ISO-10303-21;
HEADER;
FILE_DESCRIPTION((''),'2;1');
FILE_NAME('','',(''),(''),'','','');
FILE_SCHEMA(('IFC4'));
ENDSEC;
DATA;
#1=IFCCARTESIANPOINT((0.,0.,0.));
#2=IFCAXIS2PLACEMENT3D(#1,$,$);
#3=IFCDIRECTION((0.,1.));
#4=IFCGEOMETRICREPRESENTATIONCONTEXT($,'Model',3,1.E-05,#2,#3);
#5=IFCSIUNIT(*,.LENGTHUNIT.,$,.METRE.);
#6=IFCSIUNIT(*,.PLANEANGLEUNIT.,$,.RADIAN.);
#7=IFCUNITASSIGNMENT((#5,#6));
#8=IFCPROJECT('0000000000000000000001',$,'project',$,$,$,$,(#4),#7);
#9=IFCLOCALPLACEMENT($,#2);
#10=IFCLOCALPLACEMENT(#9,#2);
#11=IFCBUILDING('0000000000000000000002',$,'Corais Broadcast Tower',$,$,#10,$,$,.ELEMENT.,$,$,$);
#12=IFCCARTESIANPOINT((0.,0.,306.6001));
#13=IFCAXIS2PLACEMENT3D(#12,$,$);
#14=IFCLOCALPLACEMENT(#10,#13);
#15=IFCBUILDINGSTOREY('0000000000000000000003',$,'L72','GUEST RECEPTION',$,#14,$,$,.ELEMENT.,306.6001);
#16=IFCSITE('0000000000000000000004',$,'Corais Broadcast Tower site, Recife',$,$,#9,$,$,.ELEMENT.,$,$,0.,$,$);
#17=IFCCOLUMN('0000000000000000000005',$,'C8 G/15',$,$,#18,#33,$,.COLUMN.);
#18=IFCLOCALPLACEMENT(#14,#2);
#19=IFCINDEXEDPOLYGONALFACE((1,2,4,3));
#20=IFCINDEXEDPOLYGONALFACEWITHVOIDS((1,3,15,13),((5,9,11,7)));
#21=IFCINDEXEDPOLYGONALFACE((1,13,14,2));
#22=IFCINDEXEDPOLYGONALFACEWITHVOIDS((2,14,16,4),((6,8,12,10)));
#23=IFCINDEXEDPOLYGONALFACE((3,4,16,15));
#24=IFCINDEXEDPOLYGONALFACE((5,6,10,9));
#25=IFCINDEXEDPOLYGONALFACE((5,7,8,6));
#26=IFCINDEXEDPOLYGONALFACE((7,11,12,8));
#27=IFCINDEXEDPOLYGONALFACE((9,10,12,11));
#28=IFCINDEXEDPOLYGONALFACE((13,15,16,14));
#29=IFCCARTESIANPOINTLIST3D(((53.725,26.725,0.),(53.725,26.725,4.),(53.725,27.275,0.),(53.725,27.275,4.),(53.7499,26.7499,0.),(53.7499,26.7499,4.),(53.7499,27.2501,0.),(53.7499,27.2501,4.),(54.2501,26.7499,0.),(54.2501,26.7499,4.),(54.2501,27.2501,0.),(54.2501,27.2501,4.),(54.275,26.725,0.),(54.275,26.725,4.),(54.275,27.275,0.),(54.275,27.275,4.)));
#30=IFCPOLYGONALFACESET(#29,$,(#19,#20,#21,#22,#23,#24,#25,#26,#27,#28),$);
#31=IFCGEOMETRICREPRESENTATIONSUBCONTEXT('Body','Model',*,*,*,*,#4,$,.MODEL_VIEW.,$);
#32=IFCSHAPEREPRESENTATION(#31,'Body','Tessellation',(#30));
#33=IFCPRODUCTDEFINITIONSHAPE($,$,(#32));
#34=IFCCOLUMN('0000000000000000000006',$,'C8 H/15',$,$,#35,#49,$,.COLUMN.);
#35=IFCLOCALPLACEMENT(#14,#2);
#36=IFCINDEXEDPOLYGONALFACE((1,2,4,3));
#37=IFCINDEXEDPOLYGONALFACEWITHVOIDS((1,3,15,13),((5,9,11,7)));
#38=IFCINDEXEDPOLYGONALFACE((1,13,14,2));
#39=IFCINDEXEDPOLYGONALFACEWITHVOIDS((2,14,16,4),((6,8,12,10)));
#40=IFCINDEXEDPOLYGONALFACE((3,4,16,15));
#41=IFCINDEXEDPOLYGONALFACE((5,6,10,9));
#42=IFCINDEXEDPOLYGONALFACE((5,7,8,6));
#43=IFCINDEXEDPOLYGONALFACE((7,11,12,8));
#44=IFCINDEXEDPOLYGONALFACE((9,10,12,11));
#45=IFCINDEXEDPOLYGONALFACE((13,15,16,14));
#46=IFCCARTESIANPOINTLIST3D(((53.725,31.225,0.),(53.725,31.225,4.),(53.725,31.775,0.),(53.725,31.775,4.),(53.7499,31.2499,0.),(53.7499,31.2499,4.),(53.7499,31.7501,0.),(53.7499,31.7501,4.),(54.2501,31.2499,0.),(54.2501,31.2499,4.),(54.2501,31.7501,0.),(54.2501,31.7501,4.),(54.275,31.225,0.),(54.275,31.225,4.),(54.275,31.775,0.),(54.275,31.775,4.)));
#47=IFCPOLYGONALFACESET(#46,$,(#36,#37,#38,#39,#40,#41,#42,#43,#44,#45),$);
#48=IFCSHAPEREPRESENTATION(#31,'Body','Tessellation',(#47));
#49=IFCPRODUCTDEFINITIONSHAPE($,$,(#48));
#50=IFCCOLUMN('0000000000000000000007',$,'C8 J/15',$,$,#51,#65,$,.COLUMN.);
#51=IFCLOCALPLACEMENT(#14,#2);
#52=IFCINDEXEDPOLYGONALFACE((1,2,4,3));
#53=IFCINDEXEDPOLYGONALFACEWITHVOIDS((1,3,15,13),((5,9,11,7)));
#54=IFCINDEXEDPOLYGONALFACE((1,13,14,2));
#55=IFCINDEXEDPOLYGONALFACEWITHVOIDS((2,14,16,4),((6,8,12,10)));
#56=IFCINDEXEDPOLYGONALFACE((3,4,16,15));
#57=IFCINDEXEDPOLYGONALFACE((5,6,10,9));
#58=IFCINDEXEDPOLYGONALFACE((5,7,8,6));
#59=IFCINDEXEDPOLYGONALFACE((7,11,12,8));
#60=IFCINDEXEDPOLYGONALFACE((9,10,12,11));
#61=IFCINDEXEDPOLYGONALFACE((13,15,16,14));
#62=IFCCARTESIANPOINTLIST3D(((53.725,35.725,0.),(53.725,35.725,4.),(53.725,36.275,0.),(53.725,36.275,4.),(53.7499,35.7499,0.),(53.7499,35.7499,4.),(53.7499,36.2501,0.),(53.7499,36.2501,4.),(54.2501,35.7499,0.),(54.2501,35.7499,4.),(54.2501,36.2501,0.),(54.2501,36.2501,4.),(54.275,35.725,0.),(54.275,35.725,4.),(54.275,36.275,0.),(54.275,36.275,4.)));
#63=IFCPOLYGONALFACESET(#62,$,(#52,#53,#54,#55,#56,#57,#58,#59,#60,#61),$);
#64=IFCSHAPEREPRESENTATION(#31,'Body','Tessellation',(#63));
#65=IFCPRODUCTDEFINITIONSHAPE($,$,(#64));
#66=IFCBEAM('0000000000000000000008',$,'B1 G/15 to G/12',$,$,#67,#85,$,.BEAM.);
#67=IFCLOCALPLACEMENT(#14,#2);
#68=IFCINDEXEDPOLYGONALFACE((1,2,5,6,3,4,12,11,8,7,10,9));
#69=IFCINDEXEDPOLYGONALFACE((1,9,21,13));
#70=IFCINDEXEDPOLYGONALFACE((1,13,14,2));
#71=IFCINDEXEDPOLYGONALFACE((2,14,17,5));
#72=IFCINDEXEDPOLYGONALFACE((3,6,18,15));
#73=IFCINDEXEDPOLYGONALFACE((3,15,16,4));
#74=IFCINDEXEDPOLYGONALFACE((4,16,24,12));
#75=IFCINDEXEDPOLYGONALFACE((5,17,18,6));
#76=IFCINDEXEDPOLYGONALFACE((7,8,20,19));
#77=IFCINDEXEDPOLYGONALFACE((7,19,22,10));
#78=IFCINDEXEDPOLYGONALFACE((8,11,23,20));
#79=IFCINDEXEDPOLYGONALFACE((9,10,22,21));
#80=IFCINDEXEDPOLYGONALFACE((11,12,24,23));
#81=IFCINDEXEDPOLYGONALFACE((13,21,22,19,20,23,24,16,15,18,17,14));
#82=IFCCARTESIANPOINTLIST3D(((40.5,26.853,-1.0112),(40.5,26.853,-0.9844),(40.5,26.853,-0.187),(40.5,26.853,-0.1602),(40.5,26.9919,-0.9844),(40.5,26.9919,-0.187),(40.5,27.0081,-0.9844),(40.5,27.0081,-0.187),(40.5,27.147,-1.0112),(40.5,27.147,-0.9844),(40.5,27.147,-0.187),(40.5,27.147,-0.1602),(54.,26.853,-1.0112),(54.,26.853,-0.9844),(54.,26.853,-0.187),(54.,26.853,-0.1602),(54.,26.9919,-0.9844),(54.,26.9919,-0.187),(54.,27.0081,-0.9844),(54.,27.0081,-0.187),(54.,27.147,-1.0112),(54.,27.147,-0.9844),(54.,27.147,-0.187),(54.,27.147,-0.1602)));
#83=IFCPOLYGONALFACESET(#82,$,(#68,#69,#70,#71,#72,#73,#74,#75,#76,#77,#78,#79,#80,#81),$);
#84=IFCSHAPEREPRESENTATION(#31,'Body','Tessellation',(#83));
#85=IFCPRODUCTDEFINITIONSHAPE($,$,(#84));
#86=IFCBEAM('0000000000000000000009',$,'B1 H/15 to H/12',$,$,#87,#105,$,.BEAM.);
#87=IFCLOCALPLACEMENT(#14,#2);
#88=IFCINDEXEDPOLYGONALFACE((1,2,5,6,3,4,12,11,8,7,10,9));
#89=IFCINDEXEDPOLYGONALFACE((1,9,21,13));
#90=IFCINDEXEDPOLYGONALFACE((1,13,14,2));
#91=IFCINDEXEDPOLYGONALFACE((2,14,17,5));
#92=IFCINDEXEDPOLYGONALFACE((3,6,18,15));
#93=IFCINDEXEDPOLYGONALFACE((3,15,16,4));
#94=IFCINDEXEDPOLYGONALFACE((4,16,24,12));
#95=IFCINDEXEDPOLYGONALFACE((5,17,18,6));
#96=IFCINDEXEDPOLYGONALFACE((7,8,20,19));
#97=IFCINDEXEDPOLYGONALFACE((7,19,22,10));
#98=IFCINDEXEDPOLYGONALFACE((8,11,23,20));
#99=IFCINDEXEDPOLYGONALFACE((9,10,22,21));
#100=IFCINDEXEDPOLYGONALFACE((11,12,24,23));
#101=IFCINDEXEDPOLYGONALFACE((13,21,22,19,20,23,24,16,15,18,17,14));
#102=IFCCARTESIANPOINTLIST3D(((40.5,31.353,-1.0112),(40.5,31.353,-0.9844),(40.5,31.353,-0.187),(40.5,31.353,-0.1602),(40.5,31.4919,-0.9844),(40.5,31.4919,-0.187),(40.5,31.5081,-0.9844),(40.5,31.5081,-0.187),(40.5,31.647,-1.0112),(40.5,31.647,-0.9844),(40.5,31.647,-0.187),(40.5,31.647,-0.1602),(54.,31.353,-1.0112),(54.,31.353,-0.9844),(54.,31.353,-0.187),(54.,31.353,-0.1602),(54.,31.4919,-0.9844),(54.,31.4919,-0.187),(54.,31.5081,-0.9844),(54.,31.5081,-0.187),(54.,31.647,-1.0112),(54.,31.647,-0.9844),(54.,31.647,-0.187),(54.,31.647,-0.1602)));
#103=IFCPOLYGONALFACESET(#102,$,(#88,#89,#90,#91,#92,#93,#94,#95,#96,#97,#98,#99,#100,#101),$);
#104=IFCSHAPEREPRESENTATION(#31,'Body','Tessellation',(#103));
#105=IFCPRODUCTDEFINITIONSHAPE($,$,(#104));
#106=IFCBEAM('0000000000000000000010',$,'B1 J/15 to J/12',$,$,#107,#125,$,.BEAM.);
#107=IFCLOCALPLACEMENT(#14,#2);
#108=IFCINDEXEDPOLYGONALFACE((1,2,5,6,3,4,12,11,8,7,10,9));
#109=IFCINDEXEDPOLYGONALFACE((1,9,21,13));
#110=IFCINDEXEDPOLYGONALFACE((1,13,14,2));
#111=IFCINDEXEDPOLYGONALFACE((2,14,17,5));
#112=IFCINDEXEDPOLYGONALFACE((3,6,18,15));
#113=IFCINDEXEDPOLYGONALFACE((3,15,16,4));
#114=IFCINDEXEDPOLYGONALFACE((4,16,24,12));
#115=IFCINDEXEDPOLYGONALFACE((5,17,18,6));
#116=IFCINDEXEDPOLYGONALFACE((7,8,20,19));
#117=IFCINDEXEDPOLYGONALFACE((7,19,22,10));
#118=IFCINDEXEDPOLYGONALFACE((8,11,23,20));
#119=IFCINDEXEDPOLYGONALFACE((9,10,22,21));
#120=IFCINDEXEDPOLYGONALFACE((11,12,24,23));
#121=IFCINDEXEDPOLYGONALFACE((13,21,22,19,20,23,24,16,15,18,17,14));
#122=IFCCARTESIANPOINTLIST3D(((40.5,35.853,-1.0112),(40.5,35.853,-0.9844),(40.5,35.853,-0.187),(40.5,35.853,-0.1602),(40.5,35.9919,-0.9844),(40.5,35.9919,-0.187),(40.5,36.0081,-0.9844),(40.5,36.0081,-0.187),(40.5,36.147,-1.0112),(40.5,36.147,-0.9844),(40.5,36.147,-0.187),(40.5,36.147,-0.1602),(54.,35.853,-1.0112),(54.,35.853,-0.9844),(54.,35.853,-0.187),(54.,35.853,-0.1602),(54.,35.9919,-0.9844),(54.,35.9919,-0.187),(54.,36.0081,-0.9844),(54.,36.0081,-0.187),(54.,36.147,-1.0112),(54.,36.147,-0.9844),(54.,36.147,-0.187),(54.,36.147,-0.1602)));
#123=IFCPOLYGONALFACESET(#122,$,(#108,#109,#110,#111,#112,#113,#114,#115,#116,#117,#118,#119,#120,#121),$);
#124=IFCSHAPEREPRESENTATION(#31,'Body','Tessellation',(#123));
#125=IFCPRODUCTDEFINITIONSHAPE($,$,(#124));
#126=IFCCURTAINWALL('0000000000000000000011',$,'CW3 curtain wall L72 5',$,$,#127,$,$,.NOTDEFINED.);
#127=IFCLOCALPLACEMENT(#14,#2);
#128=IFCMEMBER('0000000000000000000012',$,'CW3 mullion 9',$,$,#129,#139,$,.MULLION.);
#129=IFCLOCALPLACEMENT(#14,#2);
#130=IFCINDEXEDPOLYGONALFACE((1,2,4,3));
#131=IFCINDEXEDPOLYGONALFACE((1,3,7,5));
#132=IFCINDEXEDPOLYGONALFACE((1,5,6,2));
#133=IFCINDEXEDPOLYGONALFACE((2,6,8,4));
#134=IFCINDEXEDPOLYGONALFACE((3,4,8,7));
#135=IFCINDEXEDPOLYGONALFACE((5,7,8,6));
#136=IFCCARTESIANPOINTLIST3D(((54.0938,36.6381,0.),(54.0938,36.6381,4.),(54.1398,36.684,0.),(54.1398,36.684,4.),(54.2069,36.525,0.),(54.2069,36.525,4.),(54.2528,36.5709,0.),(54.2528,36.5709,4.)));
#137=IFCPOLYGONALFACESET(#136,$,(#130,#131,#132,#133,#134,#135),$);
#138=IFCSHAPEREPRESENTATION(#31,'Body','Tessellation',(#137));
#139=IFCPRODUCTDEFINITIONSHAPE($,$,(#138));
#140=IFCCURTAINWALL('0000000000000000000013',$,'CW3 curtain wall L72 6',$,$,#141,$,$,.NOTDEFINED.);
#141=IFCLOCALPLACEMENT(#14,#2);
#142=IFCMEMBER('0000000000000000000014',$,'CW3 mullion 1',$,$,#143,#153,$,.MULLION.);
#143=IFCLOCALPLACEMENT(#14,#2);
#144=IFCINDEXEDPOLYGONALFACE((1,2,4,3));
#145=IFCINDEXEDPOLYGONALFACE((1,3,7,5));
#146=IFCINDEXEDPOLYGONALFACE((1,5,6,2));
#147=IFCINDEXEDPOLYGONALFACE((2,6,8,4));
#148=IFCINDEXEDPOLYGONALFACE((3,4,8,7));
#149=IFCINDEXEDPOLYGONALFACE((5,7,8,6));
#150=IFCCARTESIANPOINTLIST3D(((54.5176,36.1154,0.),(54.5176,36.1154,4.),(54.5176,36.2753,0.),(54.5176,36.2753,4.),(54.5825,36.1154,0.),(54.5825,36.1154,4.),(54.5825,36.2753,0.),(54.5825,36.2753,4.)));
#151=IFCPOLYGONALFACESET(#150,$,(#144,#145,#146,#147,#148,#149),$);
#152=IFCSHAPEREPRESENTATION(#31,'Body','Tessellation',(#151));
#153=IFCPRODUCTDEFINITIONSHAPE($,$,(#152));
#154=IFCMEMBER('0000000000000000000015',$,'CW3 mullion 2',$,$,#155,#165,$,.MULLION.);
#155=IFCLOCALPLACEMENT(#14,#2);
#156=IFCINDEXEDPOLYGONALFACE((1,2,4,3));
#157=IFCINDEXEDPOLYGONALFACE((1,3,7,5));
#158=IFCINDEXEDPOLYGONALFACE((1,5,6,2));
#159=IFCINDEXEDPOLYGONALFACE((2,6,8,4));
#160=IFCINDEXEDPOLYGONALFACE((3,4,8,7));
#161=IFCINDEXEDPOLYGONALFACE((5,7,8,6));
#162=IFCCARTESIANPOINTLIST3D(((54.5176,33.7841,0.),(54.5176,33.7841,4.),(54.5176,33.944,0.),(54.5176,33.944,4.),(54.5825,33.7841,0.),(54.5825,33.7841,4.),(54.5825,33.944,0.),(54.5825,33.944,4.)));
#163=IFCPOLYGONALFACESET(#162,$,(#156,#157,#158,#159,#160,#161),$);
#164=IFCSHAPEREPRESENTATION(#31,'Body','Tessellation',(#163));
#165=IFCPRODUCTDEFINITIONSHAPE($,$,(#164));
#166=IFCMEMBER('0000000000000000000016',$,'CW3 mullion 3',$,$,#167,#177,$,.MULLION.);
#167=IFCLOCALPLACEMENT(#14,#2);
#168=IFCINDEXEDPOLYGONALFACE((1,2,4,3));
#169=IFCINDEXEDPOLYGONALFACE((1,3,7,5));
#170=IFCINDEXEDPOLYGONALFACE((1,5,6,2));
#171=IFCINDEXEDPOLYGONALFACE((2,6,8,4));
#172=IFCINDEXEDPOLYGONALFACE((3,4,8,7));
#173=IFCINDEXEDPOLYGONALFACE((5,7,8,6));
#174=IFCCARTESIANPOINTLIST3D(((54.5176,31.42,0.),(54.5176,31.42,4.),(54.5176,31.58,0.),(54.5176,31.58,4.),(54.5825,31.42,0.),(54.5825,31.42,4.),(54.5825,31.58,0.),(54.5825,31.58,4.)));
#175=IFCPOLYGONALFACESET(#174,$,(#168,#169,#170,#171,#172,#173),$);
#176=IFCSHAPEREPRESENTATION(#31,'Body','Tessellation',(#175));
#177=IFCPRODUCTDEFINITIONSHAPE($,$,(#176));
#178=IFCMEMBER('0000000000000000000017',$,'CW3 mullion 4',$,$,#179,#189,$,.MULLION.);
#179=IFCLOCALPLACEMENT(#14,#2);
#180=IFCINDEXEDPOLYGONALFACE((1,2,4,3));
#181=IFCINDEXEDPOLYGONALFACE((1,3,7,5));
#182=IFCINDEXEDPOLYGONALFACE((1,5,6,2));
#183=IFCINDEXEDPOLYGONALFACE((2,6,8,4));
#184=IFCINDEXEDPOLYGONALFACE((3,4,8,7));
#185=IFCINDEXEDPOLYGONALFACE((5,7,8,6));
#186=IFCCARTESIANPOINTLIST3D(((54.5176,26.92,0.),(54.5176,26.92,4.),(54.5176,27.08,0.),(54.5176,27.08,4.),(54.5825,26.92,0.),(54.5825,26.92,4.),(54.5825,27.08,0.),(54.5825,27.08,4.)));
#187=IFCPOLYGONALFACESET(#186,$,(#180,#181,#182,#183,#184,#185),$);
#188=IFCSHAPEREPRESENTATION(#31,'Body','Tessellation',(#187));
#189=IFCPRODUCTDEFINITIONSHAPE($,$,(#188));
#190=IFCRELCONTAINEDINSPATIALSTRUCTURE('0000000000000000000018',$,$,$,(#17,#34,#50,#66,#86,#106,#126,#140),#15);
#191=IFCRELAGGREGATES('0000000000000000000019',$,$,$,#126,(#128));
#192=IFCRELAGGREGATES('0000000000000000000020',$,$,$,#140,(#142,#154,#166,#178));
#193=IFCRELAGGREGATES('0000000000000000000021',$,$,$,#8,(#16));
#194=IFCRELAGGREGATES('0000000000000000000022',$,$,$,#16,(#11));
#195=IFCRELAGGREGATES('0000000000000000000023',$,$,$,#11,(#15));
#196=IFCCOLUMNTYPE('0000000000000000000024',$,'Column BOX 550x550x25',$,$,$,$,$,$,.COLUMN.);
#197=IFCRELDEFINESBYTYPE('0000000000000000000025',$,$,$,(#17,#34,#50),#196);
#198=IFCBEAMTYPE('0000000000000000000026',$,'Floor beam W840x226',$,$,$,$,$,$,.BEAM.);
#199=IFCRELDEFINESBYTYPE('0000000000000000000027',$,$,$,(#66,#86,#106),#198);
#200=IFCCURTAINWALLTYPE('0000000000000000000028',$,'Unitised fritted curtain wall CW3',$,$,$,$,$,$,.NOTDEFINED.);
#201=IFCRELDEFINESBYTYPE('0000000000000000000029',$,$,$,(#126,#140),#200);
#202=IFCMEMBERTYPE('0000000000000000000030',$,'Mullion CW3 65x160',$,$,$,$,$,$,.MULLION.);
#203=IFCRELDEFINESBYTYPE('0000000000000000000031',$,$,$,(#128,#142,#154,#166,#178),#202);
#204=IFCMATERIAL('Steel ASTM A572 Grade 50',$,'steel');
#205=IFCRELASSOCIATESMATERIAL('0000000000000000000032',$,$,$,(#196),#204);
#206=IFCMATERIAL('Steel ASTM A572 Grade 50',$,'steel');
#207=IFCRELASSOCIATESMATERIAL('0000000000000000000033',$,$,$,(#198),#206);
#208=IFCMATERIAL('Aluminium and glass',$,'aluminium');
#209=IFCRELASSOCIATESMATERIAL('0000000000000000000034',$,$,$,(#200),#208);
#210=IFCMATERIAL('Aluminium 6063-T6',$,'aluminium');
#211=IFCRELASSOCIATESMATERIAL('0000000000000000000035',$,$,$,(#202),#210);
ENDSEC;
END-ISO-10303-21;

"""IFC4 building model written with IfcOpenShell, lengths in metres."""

from ifc_helpers import new_model, si_unit, direction, frame, origin, origin_2d, place, context, subcontext, project, spatial, rectangle, hollow_rectangle, i_section, extrude, material, material_profile, profile_set, type_object, element, aggregate, save


model = new_model("IFC4")

# Units and contexts
model_context = context("Model", 3, precision=1e-05, world=origin(), true_north=direction((0.0, 1.0)))
body_context = subcontext(model_context, "Body", "Model", "MODEL_VIEW")
ifc_project = project(units=[si_unit("LENGTHUNIT", "METRE"), si_unit("PLANEANGLEUNIT", "RADIAN")], contexts=[model_context])

# Site, building, storey
site_placement = place(None, origin())
site = spatial("IfcSite", under=ifc_project, at=site_placement, Name="Corais Broadcast Tower site, Recife", CompositionType="ELEMENT", RefElevation=0.0)
building_placement = place(site_placement, origin())
building = spatial("IfcBuilding", under=site, at=building_placement, Name="Corais Broadcast Tower", CompositionType="ELEMENT")
storey_placement = place(building_placement, frame((0.0, 0.0, 306.6001)))
storey = spatial("IfcBuildingStorey", under=building, at=storey_placement, Name="L72", Description="GUEST RECEPTION", CompositionType="ELEMENT", Elevation=306.6001)

# Columns
ifc_material_1 = material(Name="Steel ASTM A572 Grade 50", Category="steel")
ifc_material_profile_1 = material_profile(ifc_material_1, hollow_rectangle(XDim=0.55, YDim=0.55, WallThickness=0.0249, at=origin_2d()), Name="BOX 550x550x25")
ifc_profile_set_1 = profile_set([ifc_material_profile_1], Name="Steel ASTM A572 Grade 50")
column_type = type_object("IfcColumnType", Name="Column BOX 550x550x25", PredefinedType="COLUMN", material=ifc_profile_set_1)
for number, where, z_axis, x_axis, name in (
    (1, (54.0, 27.0, 0.0), (0.0, 0.0, 1.0), (1.0, 0.0, 0.0), "C8 G/15"),
    (2, (54.0, 31.5, 0.0), (0.0, 0.0, 1.0), (1.0, 0.0, 0.0), "C8 H/15"),
    (3, (54.0, 36.0, 0.0), (0.0, 0.0, 1.0), (1.0, 0.0, 0.0), "C8 J/15"),
):
    element("IfcColumn", number, at=place(storey_placement, frame(where, z_axis=z_axis, x_axis=x_axis)), inside=storey, type_object=column_type, Name=name, PredefinedType="COLUMN", context=body_context, shape_type="SweptSolid", body=[
        extrude(hollow_rectangle(XDim=0.55, YDim=0.55, WallThickness=0.0249, at=origin_2d()), origin(), (0.0, 0.0, 1.0), 4.0),
    ])

# Beams
ifc_material_2 = material(Name="Steel ASTM A572 Grade 50", Category="steel")
ifc_material_profile_2 = material_profile(ifc_material_2, i_section(OverallWidth=0.2939, OverallDepth=0.8511, WebThickness=0.0161, FlangeThickness=0.0269, at=origin_2d()), Name="W840x226")
ifc_profile_set_2 = profile_set([ifc_material_profile_2], Name="Steel ASTM A572 Grade 50")
beam_type_1 = type_object("IfcBeamType", Name="Floor beam W840x226", PredefinedType="BEAM", material=ifc_profile_set_2)
for number, where, z_axis, x_axis, name in (
    (4, (54.0, 27.0, -0.5857), (-1.0, 0.0, 0.0), (0.0, -1.0, 0.0), "B1 G/15 to G/12"),
    (5, (54.0, 31.5, -0.5857), (-1.0, 0.0, 0.0), (0.0, -1.0, 0.0), "B1 H/15 to H/12"),
    (6, (54.0, 36.0, -0.5857), (-1.0, 0.0, 0.0), (0.0, -1.0, 0.0), "B1 J/15 to J/12"),
):
    element("IfcBeam", number, at=place(storey_placement, frame(where, z_axis=z_axis, x_axis=x_axis)), inside=storey, type_object=beam_type_1, Name=name, PredefinedType="BEAM", context=body_context, shape_type="SweptSolid", body=[
        extrude(i_section(OverallWidth=0.2939, OverallDepth=0.8511, WebThickness=0.0161, FlangeThickness=0.0269, at=origin_2d()), origin(), (0.0, 0.0, 1.0), 13.5),
    ])

# Curtain wall, member
ifc_material_3 = material(Name="Aluminium and glass", Category="aluminium")
curtain_wall_type = type_object("IfcCurtainWallType", Name="Unitised fritted curtain wall CW3", PredefinedType="NOTDEFINED", material=ifc_material_3)
curtain_wall_1_placement = place(storey_placement, origin())
curtain_wall_1 = element("IfcCurtainWall", 7, at=curtain_wall_1_placement, inside=storey, type_object=curtain_wall_type, Name="CW3 curtain wall L72 5", PredefinedType="NOTDEFINED")
ifc_material_4 = material(Name="Aluminium 6063-T6", Category="aluminium")
ifc_material_profile_3 = material_profile(ifc_material_4, rectangle(XDim=0.0649, YDim=0.1599, at=origin_2d()), Name="Mullion CW3 65x160")
ifc_profile_set_3 = profile_set([ifc_material_profile_3], Name="Aluminium 6063-T6")
member_type_1 = type_object("IfcMemberType", Name="Mullion CW3 65x160", PredefinedType="MULLION", material=ifc_profile_set_3)
member_1_placement = place(storey_placement, frame((54.1733, 36.6045, 0.0), z_axis=(0.0, 0.0, 1.0), x_axis=(0.707107, 0.707107, 0.0)))
member_1 = element("IfcMember", 8, at=member_1_placement, type_object=member_type_1, Name="CW3 mullion 9", PredefinedType="MULLION", context=body_context, shape_type="SweptSolid", body=[
    extrude(rectangle(XDim=0.0649, YDim=0.1599, at=origin_2d()), origin(), (0.0, 0.0, 1.0), 4.0),
])

# Curtain wall, members
curtain_wall_2_placement = place(storey_placement, origin())
curtain_wall_2 = element("IfcCurtainWall", 9, at=curtain_wall_2_placement, inside=storey, type_object=curtain_wall_type, Name="CW3 curtain wall L72 6", PredefinedType="NOTDEFINED")
member_2_placement = place(storey_placement, frame((54.55, 36.1953, 0.0), z_axis=(0.0, 0.0, 1.0), x_axis=(1.0, 0.0, 0.0)))
member_2 = element("IfcMember", 10, at=member_2_placement, type_object=member_type_1, Name="CW3 mullion 1", PredefinedType="MULLION", context=body_context, shape_type="SweptSolid", body=[
    extrude(rectangle(XDim=0.0649, YDim=0.1599, at=origin_2d()), origin(), (0.0, 0.0, 1.0), 4.0),
])
member_3_placement = place(storey_placement, frame((54.55, 33.864, 0.0), z_axis=(0.0, 0.0, 1.0), x_axis=(1.0, 0.0, 0.0)))
member_3 = element("IfcMember", 11, at=member_3_placement, type_object=member_type_1, Name="CW3 mullion 2", PredefinedType="MULLION", context=body_context, shape_type="SweptSolid", body=[
    extrude(rectangle(XDim=0.0649, YDim=0.1599, at=origin_2d()), origin(), (0.0, 0.0, 1.0), 4.0),
])
member_4_placement = place(storey_placement, frame((54.55, 31.5, 0.0), z_axis=(0.0, 0.0, 1.0), x_axis=(1.0, 0.0, 0.0)))
member_4 = element("IfcMember", 12, at=member_4_placement, type_object=member_type_1, Name="CW3 mullion 3", PredefinedType="MULLION", context=body_context, shape_type="SweptSolid", body=[
    extrude(rectangle(XDim=0.0649, YDim=0.1599, at=origin_2d()), origin(), (0.0, 0.0, 1.0), 4.0),
])
member_5_placement = place(storey_placement, frame((54.55, 27.0, 0.0), z_axis=(0.0, 0.0, 1.0), x_axis=(1.0, 0.0, 0.0)))
member_5 = element("IfcMember", 13, at=member_5_placement, type_object=member_type_1, Name="CW3 mullion 4", PredefinedType="MULLION", context=body_context, shape_type="SweptSolid", body=[
    extrude(rectangle(XDim=0.0649, YDim=0.1599, at=origin_2d()), origin(), (0.0, 0.0, 1.0), 4.0),
])

aggregate(curtain_wall_1, [member_1])
aggregate(curtain_wall_2, [member_2, member_3, member_4, member_5])

save(model, "model.ifc")
